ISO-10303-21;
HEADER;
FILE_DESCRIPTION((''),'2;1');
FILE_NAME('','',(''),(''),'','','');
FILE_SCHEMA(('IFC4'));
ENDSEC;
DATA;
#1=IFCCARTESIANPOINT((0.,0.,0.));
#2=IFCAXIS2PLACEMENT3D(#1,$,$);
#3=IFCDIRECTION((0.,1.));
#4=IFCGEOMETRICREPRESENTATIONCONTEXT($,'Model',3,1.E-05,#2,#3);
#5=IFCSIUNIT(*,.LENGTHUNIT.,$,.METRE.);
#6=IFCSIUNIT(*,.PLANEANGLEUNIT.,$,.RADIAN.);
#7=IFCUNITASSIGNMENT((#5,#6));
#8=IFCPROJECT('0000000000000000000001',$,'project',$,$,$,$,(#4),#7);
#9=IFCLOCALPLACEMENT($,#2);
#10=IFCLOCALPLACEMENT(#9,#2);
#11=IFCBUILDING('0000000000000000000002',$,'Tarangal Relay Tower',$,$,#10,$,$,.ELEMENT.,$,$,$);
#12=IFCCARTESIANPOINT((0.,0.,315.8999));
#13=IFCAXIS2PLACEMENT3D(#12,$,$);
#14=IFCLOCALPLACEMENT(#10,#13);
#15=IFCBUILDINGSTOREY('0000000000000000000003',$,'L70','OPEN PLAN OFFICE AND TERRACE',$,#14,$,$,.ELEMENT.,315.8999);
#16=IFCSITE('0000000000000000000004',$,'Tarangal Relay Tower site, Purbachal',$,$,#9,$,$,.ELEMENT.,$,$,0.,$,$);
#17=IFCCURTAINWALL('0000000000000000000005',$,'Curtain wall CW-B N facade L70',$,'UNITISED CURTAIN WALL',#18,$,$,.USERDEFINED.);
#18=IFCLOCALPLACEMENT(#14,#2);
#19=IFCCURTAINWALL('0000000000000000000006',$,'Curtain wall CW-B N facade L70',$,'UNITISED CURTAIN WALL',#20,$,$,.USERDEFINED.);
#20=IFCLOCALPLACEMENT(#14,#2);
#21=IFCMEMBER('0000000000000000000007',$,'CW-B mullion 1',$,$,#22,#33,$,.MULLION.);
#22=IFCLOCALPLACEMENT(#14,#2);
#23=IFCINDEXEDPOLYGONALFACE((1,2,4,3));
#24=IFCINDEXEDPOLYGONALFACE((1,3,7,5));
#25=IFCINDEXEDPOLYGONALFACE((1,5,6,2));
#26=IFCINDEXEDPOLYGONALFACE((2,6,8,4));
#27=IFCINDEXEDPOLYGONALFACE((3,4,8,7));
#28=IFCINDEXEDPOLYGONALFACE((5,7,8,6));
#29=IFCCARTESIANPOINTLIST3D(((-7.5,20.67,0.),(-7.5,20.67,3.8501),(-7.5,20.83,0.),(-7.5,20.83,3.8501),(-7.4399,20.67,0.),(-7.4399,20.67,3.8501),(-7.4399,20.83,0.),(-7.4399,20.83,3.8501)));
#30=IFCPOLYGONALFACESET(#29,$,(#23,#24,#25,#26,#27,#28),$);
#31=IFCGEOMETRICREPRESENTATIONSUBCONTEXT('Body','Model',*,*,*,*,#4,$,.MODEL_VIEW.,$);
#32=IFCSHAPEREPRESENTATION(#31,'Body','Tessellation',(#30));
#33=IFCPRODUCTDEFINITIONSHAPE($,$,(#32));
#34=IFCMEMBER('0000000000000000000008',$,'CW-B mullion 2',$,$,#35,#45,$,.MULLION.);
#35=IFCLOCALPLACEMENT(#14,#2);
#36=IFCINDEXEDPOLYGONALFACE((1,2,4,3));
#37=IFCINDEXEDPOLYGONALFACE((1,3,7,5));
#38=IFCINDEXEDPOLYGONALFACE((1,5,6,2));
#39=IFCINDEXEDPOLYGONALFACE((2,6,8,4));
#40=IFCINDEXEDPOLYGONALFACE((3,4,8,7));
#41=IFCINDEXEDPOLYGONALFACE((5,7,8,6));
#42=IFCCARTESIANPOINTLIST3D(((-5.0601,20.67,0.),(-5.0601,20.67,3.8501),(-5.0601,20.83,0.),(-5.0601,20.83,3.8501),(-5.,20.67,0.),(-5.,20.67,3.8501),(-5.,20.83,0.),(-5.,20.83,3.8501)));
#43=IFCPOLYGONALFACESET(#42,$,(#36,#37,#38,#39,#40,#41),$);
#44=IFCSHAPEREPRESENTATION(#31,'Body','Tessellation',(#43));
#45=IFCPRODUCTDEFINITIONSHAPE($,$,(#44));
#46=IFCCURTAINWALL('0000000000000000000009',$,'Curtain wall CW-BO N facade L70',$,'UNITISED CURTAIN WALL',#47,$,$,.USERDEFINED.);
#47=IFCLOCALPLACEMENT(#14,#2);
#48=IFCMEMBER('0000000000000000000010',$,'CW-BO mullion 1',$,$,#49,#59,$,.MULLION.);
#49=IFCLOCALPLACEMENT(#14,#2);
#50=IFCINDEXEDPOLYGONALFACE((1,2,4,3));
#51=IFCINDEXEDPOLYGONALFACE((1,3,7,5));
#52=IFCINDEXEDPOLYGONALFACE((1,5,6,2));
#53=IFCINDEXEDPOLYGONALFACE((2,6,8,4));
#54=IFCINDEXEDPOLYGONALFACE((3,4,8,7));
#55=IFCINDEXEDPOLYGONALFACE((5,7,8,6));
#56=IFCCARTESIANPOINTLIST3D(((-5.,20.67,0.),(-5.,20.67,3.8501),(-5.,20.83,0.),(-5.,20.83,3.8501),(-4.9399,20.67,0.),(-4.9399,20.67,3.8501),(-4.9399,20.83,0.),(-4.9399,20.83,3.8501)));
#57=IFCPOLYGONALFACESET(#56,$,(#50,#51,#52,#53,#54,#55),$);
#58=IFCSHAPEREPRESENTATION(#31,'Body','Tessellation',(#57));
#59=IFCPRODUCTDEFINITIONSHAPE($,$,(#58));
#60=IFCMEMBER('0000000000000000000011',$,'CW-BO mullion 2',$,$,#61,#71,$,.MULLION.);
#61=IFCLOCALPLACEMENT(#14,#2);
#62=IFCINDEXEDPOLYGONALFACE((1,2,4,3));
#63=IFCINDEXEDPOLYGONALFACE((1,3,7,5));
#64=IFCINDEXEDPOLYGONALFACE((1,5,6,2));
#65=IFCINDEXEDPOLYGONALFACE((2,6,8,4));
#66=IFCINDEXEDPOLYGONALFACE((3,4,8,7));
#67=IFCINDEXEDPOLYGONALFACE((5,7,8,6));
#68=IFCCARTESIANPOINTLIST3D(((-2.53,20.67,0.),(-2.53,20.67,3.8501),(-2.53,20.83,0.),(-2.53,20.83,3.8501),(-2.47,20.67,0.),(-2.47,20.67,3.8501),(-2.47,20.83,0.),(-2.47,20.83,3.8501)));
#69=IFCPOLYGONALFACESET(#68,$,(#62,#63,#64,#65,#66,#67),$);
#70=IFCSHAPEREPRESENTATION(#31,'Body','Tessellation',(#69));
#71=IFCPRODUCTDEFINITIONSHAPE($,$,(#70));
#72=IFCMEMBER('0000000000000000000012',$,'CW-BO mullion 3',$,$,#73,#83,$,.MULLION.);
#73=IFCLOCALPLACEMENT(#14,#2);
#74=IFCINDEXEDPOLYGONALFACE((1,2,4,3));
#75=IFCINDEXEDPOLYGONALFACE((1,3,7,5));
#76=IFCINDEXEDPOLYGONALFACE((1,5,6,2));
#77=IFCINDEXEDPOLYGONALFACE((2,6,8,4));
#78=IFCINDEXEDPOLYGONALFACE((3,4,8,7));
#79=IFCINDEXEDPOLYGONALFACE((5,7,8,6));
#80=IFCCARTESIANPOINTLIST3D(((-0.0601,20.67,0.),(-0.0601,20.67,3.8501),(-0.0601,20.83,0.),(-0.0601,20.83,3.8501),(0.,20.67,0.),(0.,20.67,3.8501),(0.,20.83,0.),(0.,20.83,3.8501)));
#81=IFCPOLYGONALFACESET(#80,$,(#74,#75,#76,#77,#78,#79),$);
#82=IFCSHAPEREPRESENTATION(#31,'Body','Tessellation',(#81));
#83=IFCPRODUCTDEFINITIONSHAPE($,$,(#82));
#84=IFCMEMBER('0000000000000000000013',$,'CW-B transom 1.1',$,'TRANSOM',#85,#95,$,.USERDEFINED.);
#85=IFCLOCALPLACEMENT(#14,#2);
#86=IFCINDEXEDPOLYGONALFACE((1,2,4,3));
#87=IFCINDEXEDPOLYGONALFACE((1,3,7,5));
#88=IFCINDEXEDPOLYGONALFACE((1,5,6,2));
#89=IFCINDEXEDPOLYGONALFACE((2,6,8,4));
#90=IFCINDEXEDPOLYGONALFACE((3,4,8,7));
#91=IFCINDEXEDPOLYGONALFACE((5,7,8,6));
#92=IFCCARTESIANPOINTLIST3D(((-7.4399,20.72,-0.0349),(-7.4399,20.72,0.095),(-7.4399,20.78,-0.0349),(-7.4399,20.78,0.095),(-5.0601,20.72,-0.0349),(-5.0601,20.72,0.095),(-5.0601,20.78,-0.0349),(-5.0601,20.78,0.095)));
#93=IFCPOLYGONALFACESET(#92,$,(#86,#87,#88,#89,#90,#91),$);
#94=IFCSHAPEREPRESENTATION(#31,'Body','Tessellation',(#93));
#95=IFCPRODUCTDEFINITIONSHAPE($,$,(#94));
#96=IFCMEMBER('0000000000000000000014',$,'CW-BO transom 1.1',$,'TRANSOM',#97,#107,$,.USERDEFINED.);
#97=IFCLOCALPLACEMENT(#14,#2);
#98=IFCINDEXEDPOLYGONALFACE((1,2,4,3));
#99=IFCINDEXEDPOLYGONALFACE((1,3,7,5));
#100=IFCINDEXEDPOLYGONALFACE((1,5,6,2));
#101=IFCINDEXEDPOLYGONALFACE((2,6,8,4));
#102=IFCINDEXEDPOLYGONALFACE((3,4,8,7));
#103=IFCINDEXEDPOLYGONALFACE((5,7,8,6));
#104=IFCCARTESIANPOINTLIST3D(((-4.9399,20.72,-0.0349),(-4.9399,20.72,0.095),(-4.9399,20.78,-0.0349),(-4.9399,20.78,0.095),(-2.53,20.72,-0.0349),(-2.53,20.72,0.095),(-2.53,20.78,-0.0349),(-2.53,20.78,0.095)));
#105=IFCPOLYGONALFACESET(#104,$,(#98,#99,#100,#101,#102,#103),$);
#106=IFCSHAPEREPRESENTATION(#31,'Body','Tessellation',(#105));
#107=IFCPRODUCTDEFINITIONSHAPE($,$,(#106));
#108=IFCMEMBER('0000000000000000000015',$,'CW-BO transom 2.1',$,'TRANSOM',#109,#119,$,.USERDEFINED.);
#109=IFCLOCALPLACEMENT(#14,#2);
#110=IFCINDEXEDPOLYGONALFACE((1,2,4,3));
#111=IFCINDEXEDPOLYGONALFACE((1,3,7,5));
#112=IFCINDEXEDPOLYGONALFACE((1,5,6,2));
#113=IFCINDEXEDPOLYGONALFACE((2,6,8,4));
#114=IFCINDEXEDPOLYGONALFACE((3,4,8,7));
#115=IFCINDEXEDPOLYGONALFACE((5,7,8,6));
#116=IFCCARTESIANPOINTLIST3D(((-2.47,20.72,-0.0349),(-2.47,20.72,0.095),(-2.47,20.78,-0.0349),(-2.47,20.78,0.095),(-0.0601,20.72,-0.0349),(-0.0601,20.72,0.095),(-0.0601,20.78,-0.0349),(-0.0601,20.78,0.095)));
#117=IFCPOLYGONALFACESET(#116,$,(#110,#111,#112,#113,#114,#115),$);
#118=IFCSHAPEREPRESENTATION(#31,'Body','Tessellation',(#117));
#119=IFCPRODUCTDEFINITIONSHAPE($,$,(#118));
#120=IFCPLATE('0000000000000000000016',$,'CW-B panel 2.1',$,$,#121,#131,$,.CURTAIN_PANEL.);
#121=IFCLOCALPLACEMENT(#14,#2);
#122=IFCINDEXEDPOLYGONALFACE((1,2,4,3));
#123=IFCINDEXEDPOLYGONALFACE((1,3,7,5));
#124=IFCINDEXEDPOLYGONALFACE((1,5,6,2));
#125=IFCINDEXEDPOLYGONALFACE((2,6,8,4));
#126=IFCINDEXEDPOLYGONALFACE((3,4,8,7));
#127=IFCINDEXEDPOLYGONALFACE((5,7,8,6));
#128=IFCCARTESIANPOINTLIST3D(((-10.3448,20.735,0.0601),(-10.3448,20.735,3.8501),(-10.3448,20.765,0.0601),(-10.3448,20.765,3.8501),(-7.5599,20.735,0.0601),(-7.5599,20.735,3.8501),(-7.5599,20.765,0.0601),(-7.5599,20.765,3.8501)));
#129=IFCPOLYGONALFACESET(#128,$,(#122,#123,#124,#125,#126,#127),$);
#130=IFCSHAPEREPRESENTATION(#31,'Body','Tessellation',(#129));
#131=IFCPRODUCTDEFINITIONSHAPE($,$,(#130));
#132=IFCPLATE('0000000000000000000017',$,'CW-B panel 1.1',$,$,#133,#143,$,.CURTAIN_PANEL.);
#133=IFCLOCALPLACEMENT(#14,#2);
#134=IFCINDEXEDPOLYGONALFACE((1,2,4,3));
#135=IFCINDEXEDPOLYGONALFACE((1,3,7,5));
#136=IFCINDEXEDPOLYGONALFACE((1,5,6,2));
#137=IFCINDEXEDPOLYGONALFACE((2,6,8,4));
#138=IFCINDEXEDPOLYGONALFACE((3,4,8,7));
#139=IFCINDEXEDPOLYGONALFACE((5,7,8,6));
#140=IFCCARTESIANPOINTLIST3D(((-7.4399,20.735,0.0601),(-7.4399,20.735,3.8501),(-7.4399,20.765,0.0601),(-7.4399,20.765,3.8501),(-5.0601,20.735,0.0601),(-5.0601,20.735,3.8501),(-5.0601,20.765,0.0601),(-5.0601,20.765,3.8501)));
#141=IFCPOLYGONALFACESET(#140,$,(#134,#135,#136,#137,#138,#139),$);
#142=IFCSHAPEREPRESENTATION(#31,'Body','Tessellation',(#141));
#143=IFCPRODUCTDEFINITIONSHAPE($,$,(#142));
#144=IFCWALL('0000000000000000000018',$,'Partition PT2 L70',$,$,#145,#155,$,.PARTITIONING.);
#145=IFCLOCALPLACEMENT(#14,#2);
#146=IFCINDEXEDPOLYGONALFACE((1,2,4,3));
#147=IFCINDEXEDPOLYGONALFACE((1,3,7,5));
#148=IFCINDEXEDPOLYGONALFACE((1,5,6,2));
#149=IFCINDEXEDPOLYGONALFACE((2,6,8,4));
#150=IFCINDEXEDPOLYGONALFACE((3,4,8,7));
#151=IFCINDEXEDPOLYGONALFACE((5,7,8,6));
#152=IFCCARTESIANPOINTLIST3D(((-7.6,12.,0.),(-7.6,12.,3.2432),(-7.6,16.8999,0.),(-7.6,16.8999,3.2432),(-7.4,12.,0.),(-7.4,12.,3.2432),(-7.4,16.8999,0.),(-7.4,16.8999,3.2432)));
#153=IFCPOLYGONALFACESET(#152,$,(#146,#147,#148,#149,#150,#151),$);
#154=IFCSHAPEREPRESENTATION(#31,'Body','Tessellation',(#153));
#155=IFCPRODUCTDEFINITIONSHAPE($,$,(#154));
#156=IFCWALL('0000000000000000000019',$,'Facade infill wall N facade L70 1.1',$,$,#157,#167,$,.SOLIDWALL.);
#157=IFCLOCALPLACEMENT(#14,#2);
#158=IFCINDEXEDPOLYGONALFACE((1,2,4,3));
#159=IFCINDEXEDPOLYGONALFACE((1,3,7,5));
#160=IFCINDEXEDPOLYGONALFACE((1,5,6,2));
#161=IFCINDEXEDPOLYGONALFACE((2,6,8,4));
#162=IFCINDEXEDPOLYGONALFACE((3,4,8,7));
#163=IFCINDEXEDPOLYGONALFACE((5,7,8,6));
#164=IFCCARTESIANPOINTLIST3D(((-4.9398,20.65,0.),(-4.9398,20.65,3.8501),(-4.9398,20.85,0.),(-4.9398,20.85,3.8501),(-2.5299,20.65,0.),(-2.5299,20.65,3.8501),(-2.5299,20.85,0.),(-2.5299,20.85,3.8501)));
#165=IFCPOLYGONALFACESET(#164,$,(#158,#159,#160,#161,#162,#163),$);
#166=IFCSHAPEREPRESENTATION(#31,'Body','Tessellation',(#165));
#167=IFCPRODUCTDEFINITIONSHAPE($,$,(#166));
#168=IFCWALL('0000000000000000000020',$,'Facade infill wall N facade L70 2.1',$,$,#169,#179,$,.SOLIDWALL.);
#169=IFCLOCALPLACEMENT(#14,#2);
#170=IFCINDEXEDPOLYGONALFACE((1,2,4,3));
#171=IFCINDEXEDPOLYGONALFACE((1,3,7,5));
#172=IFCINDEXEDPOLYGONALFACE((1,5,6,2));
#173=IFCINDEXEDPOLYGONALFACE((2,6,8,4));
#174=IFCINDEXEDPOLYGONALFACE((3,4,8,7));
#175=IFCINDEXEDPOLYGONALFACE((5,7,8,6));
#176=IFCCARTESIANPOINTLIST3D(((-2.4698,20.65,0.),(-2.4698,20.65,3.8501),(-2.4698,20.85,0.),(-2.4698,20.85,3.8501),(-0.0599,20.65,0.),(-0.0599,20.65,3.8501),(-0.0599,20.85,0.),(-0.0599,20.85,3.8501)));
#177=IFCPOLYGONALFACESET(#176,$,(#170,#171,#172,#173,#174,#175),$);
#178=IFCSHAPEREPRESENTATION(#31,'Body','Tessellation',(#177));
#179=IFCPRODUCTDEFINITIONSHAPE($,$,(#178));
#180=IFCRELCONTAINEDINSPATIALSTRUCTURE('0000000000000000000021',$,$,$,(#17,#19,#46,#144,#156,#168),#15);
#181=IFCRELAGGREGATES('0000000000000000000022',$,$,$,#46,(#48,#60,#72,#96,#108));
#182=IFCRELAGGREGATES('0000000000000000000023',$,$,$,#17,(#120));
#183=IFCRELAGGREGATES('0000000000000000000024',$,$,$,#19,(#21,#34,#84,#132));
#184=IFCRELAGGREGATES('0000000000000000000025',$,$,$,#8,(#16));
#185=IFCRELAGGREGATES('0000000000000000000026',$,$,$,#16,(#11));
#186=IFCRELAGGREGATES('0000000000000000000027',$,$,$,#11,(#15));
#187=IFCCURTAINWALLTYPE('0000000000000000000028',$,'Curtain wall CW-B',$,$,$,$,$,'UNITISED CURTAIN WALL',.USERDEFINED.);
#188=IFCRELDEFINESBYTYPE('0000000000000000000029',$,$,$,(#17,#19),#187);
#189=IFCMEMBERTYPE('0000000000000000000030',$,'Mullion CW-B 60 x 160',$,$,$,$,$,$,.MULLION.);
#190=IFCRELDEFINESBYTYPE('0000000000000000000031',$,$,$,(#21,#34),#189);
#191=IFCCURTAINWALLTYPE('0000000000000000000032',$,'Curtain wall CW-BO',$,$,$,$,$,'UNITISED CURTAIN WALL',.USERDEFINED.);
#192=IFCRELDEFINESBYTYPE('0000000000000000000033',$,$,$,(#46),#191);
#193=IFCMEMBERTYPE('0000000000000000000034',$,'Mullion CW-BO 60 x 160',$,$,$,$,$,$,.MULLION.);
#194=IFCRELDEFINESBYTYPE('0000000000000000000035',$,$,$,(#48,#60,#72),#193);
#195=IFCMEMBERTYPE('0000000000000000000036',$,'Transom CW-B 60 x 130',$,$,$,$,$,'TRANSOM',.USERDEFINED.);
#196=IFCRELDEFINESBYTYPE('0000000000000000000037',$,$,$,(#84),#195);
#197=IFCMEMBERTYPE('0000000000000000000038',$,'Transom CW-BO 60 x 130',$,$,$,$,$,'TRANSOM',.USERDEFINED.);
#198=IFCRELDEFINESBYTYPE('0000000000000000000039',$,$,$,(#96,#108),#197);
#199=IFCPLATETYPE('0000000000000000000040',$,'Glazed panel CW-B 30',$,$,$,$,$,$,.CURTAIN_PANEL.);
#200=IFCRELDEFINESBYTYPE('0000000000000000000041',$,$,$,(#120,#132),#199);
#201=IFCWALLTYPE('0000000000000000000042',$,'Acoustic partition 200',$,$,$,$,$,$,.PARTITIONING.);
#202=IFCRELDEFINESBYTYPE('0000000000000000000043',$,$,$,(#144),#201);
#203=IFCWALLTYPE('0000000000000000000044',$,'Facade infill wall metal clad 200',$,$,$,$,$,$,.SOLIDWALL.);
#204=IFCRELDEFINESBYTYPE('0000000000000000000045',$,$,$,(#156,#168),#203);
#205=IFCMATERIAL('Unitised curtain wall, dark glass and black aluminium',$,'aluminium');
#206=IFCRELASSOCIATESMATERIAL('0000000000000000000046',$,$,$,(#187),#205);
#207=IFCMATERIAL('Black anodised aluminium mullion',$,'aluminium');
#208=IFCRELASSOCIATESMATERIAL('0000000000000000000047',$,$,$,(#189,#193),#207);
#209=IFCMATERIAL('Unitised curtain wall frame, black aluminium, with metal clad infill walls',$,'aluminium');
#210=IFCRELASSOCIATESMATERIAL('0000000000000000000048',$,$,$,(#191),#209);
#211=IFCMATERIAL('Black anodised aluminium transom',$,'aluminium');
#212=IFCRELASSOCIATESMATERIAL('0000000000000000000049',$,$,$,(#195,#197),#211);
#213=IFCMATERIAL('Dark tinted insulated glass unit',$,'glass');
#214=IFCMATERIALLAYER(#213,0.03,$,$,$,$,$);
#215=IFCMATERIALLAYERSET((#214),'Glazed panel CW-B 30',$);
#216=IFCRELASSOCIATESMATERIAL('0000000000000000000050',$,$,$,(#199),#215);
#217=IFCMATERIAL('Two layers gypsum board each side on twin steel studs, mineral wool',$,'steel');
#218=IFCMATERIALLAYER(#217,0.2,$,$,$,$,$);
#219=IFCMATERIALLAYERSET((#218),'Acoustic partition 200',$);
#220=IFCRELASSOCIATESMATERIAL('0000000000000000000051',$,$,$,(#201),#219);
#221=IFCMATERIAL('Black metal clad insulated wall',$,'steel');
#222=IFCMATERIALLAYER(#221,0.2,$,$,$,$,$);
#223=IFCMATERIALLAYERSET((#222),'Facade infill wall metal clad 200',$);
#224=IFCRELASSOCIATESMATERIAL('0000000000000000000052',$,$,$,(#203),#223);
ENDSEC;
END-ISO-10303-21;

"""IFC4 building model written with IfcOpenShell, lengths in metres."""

from ifc_helpers import new_model, si_unit, direction, frame, frame_2d, origin, origin_2d, place, context, subcontext, project, spatial, rectangle, extrude, material, layer, layer_set, material_profile, profile_set, type_object, element, aggregate, save


model = new_model("IFC4")

# Units and contexts
model_context = context("Model", 3, precision=1e-05, world=origin(), true_north=direction((0.0, 1.0)))
body_context = subcontext(model_context, "Body", "Model", "MODEL_VIEW")
ifc_project = project(units=[si_unit("LENGTHUNIT", "METRE"), si_unit("PLANEANGLEUNIT", "RADIAN")], contexts=[model_context])

# Site, building, storey
site_placement = place(None, origin())
site = spatial("IfcSite", under=ifc_project, at=site_placement, Name="Tarangal Relay Tower site, Purbachal", CompositionType="ELEMENT", RefElevation=0.0)
building_placement = place(site_placement, origin())
building = spatial("IfcBuilding", under=site, at=building_placement, Name="Tarangal Relay Tower", CompositionType="ELEMENT")
storey_placement = place(building_placement, frame((0.0, 0.0, 315.8999)))
storey = spatial("IfcBuildingStorey", under=building, at=storey_placement, Name="L70", Description="OPEN PLAN OFFICE AND TERRACE", CompositionType="ELEMENT", Elevation=315.8999)

# Curtain wall
ifc_material_1 = material(Name="Unitised curtain wall, dark glass and black aluminium", Category="aluminium")
curtain_wall_type_1 = type_object("IfcCurtainWallType", Name="Curtain wall CW-B", ElementType="UNITISED CURTAIN WALL", PredefinedType="USERDEFINED", material=ifc_material_1)
curtain_wall_1_placement = place(storey_placement, origin())
curtain_wall_1 = element("IfcCurtainWall", 1, at=curtain_wall_1_placement, inside=storey, type_object=curtain_wall_type_1, Name="Curtain wall CW-B N facade L70", ObjectType="UNITISED CURTAIN WALL", PredefinedType="USERDEFINED")
ifc_material_2 = material(Name="Black anodised aluminium mullion", Category="aluminium")
ifc_material_profile_1 = material_profile(ifc_material_2, rectangle(XDim=0.1599, YDim=0.0601, at=origin_2d()), Name="CW-BM 60X160")
ifc_profile_set_1 = profile_set([ifc_material_profile_1], Name="Black anodised aluminium mullion")
member_type_1 = type_object("IfcMemberType", Name="Mullion CW-B 60 x 160", PredefinedType="MULLION", material=ifc_profile_set_1)

# Curtain walls, members
curtain_wall_2_placement = place(storey_placement, origin())
curtain_wall_2 = element("IfcCurtainWall", 2, at=curtain_wall_2_placement, inside=storey, type_object=curtain_wall_type_1, Name="Curtain wall CW-B N facade L70", ObjectType="UNITISED CURTAIN WALL", PredefinedType="USERDEFINED")
member_1_placement = place(storey_placement, frame((-7.47, 20.75, 0.0), z_axis=(0.0, 0.0, 1.0), x_axis=(0.0, 1.0, 0.0)))
member_1 = element("IfcMember", 3, at=member_1_placement, type_object=member_type_1, Name="CW-B mullion 1", PredefinedType="MULLION", context=body_context, shape_type="SweptSolid", body=[
    extrude(rectangle(XDim=0.1599, YDim=0.0601, at=origin_2d()), origin(), (0.0, 0.0, 1.0), 3.8501),
])
member_2_placement = place(storey_placement, frame((-5.03, 20.75, 0.0), z_axis=(0.0, 0.0, 1.0), x_axis=(0.0, 1.0, 0.0)))
member_2 = element("IfcMember", 4, at=member_2_placement, type_object=member_type_1, Name="CW-B mullion 2", PredefinedType="MULLION", context=body_context, shape_type="SweptSolid", body=[
    extrude(rectangle(XDim=0.1599, YDim=0.0601, at=origin_2d()), origin(), (0.0, 0.0, 1.0), 3.8501),
])
ifc_material_3 = material(Name="Unitised curtain wall frame, black aluminium, with metal clad infill walls", Category="aluminium")
curtain_wall_type_2 = type_object("IfcCurtainWallType", Name="Curtain wall CW-BO", ElementType="UNITISED CURTAIN WALL", PredefinedType="USERDEFINED", material=ifc_material_3)
curtain_wall_3_placement = place(storey_placement, origin())
curtain_wall_3 = element("IfcCurtainWall", 5, at=curtain_wall_3_placement, inside=storey, type_object=curtain_wall_type_2, Name="Curtain wall CW-BO N facade L70", ObjectType="UNITISED CURTAIN WALL", PredefinedType="USERDEFINED")
ifc_material_profile_2 = material_profile(ifc_material_2, rectangle(XDim=0.1599, YDim=0.0601, at=origin_2d()), Name="CW-BOM 60X160")
ifc_profile_set_2 = profile_set([ifc_material_profile_2], Name="Black anodised aluminium mullion")
member_type_2 = type_object("IfcMemberType", Name="Mullion CW-BO 60 x 160", PredefinedType="MULLION", material=ifc_profile_set_2)
member_3_placement = place(storey_placement, frame((-4.97, 20.75, 0.0), z_axis=(0.0, 0.0, 1.0), x_axis=(0.0, 1.0, 0.0)))
member_3 = element("IfcMember", 6, at=member_3_placement, type_object=member_type_2, Name="CW-BO mullion 1", PredefinedType="MULLION", context=body_context, shape_type="SweptSolid", body=[
    extrude(rectangle(XDim=0.1599, YDim=0.0601, at=origin_2d()), origin(), (0.0, 0.0, 1.0), 3.8501),
])
member_4_placement = place(storey_placement, frame((-2.5, 20.75, 0.0), z_axis=(0.0, 0.0, 1.0), x_axis=(0.0, 1.0, 0.0)))
member_4 = element("IfcMember", 7, at=member_4_placement, type_object=member_type_2, Name="CW-BO mullion 2", PredefinedType="MULLION", context=body_context, shape_type="SweptSolid", body=[
    extrude(rectangle(XDim=0.1599, YDim=0.0601, at=origin_2d()), origin(), (0.0, 0.0, 1.0), 3.8501),
])
member_5_placement = place(storey_placement, frame((-0.03, 20.75, 0.0), z_axis=(0.0, 0.0, 1.0), x_axis=(0.0, 1.0, 0.0)))
member_5 = element("IfcMember", 8, at=member_5_placement, type_object=member_type_2, Name="CW-BO mullion 3", PredefinedType="MULLION", context=body_context, shape_type="SweptSolid", body=[
    extrude(rectangle(XDim=0.1599, YDim=0.0601, at=origin_2d()), origin(), (0.0, 0.0, 1.0), 3.8501),
])

# Members
ifc_material_4 = material(Name="Black anodised aluminium transom", Category="aluminium")
ifc_material_profile_3 = material_profile(ifc_material_4, rectangle(XDim=0.0601, YDim=0.1299, at=origin_2d()), Name="CW-BT 60X130")
ifc_profile_set_3 = profile_set([ifc_material_profile_3], Name="Black anodised aluminium transom")
member_type_3 = type_object("IfcMemberType", Name="Transom CW-B 60 x 130", ElementType="TRANSOM", PredefinedType="USERDEFINED", material=ifc_profile_set_3)
member_6_placement = place(storey_placement, frame((-7.4399, 20.75, 0.03), z_axis=(1.0, 0.0, 0.0), x_axis=(0.0, 1.0, 0.0)))
member_6 = element("IfcMember", 9, at=member_6_placement, type_object=member_type_3, Name="CW-B transom 1.1", ObjectType="TRANSOM", PredefinedType="USERDEFINED", context=body_context, shape_type="SweptSolid", body=[
    extrude(rectangle(XDim=0.0601, YDim=0.1299, at=origin_2d()), origin(), (0.0, 0.0, 1.0), 2.3799),
])
ifc_material_profile_4 = material_profile(ifc_material_4, rectangle(XDim=0.0601, YDim=0.1299, at=origin_2d()), Name="CW-BOT 60X130")
ifc_profile_set_4 = profile_set([ifc_material_profile_4], Name="Black anodised aluminium transom")
member_type_4 = type_object("IfcMemberType", Name="Transom CW-BO 60 x 130", ElementType="TRANSOM", PredefinedType="USERDEFINED", material=ifc_profile_set_4)
member_7_placement = place(storey_placement, frame((-4.9399, 20.75, 0.03), z_axis=(1.0, 0.0, 0.0), x_axis=(0.0, 1.0, 0.0)))
member_7 = element("IfcMember", 10, at=member_7_placement, type_object=member_type_4, Name="CW-BO transom 1.1", ObjectType="TRANSOM", PredefinedType="USERDEFINED", context=body_context, shape_type="SweptSolid", body=[
    extrude(rectangle(XDim=0.0601, YDim=0.1299, at=origin_2d()), origin(), (0.0, 0.0, 1.0), 2.4099),
])
member_8_placement = place(storey_placement, frame((-2.47, 20.75, 0.03), z_axis=(1.0, 0.0, 0.0), x_axis=(0.0, 1.0, 0.0)))
member_8 = element("IfcMember", 11, at=member_8_placement, type_object=member_type_4, Name="CW-BO transom 2.1", ObjectType="TRANSOM", PredefinedType="USERDEFINED", context=body_context, shape_type="SweptSolid", body=[
    extrude(rectangle(XDim=0.0601, YDim=0.1299, at=origin_2d()), origin(), (0.0, 0.0, 1.0), 2.4099),
])
aggregate(curtain_wall_3, [member_3, member_4, member_5, member_7, member_8])

# Plates
ifc_material_5 = material(Name="Dark tinted insulated glass unit", Category="glass")
ifc_layer_1 = layer(ifc_material_5, 0.03)
ifc_layer_set_1 = layer_set([ifc_layer_1], Name="Glazed panel CW-B 30")
plate_type = type_object("IfcPlateType", Name="Glazed panel CW-B 30", PredefinedType="CURTAIN_PANEL", material=ifc_layer_set_1)
plate_1_placement = place(storey_placement, frame((-8.9524, 20.75, 0.0601), z_axis=(0.0, 0.0, 1.0), x_axis=(1.0, 0.0, 0.0)))
plate_1 = element("IfcPlate", 12, at=plate_1_placement, type_object=plate_type, Name="CW-B panel 2.1", PredefinedType="CURTAIN_PANEL", context=body_context, shape_type="SweptSolid", body=[
    extrude(rectangle(XDim=2.7849, YDim=0.03, at=origin_2d()), origin(), (0.0, 0.0, 1.0), 3.79),
])
aggregate(curtain_wall_1, [plate_1])
plate_2_placement = place(storey_placement, frame((-6.25, 20.75, 0.0601), z_axis=(0.0, 0.0, 1.0), x_axis=(1.0, 0.0, 0.0)))
plate_2 = element("IfcPlate", 13, at=plate_2_placement, type_object=plate_type, Name="CW-B panel 1.1", PredefinedType="CURTAIN_PANEL", context=body_context, shape_type="SweptSolid", body=[
    extrude(rectangle(XDim=2.3799, YDim=0.03, at=origin_2d()), origin(), (0.0, 0.0, 1.0), 3.79),
])
aggregate(curtain_wall_2, [member_1, member_2, member_6, plate_2])

# Walls
ifc_material_6 = material(Name="Two layers gypsum board each side on twin steel studs, mineral wool", Category="steel")
ifc_layer_2 = layer(ifc_material_6, 0.2)
ifc_layer_set_2 = layer_set([ifc_layer_2], Name="Acoustic partition 200")
wall_type_1 = type_object("IfcWallType", Name="Acoustic partition 200", PredefinedType="PARTITIONING", material=ifc_layer_set_2)
wall_1_placement = place(storey_placement, frame((-7.5, 12.0, 0.0), z_axis=(0.0, 0.0, 1.0), x_axis=(0.0, 1.0, 0.0)))
element("IfcWall", 14, at=wall_1_placement, inside=storey, type_object=wall_type_1, Name="Partition PT2 L70", PredefinedType="PARTITIONING", context=body_context, shape_type="SweptSolid", body=[
    extrude(rectangle(XDim=4.8999, YDim=0.2, at=frame_2d((2.45, 0.0))), origin(), (0.0, 0.0, 1.0), 3.2432),
])
ifc_material_7 = material(Name="Black metal clad insulated wall", Category="steel")
ifc_layer_3 = layer(ifc_material_7, 0.2)
ifc_layer_set_3 = layer_set([ifc_layer_3], Name="Facade infill wall metal clad 200")
wall_type_2 = type_object("IfcWallType", Name="Facade infill wall metal clad 200", PredefinedType="SOLIDWALL", material=ifc_layer_set_3)
for number, where, z_axis, x_axis, name in (
    (15, (-4.9399, 20.75, 0.0), (0.0, 0.0, 1.0), (1.0, 0.0, 0.0), "Facade infill wall N facade L70 1.1"),
    (16, (-2.47, 20.75, 0.0), (0.0, 0.0, 1.0), (1.0, 0.0, 0.0), "Facade infill wall N facade L70 2.1"),
):
    element("IfcWall", number, at=place(storey_placement, frame(where, z_axis=z_axis, x_axis=x_axis)), inside=storey, type_object=wall_type_2, Name=name, PredefinedType="SOLIDWALL", context=body_context, shape_type="SweptSolid", body=[
        extrude(rectangle(XDim=2.4099, YDim=0.2, at=frame_2d((1.2051, 0.0))), origin(), (0.0, 0.0, 1.0), 3.8501),
    ])

save(model, "model.ifc")
